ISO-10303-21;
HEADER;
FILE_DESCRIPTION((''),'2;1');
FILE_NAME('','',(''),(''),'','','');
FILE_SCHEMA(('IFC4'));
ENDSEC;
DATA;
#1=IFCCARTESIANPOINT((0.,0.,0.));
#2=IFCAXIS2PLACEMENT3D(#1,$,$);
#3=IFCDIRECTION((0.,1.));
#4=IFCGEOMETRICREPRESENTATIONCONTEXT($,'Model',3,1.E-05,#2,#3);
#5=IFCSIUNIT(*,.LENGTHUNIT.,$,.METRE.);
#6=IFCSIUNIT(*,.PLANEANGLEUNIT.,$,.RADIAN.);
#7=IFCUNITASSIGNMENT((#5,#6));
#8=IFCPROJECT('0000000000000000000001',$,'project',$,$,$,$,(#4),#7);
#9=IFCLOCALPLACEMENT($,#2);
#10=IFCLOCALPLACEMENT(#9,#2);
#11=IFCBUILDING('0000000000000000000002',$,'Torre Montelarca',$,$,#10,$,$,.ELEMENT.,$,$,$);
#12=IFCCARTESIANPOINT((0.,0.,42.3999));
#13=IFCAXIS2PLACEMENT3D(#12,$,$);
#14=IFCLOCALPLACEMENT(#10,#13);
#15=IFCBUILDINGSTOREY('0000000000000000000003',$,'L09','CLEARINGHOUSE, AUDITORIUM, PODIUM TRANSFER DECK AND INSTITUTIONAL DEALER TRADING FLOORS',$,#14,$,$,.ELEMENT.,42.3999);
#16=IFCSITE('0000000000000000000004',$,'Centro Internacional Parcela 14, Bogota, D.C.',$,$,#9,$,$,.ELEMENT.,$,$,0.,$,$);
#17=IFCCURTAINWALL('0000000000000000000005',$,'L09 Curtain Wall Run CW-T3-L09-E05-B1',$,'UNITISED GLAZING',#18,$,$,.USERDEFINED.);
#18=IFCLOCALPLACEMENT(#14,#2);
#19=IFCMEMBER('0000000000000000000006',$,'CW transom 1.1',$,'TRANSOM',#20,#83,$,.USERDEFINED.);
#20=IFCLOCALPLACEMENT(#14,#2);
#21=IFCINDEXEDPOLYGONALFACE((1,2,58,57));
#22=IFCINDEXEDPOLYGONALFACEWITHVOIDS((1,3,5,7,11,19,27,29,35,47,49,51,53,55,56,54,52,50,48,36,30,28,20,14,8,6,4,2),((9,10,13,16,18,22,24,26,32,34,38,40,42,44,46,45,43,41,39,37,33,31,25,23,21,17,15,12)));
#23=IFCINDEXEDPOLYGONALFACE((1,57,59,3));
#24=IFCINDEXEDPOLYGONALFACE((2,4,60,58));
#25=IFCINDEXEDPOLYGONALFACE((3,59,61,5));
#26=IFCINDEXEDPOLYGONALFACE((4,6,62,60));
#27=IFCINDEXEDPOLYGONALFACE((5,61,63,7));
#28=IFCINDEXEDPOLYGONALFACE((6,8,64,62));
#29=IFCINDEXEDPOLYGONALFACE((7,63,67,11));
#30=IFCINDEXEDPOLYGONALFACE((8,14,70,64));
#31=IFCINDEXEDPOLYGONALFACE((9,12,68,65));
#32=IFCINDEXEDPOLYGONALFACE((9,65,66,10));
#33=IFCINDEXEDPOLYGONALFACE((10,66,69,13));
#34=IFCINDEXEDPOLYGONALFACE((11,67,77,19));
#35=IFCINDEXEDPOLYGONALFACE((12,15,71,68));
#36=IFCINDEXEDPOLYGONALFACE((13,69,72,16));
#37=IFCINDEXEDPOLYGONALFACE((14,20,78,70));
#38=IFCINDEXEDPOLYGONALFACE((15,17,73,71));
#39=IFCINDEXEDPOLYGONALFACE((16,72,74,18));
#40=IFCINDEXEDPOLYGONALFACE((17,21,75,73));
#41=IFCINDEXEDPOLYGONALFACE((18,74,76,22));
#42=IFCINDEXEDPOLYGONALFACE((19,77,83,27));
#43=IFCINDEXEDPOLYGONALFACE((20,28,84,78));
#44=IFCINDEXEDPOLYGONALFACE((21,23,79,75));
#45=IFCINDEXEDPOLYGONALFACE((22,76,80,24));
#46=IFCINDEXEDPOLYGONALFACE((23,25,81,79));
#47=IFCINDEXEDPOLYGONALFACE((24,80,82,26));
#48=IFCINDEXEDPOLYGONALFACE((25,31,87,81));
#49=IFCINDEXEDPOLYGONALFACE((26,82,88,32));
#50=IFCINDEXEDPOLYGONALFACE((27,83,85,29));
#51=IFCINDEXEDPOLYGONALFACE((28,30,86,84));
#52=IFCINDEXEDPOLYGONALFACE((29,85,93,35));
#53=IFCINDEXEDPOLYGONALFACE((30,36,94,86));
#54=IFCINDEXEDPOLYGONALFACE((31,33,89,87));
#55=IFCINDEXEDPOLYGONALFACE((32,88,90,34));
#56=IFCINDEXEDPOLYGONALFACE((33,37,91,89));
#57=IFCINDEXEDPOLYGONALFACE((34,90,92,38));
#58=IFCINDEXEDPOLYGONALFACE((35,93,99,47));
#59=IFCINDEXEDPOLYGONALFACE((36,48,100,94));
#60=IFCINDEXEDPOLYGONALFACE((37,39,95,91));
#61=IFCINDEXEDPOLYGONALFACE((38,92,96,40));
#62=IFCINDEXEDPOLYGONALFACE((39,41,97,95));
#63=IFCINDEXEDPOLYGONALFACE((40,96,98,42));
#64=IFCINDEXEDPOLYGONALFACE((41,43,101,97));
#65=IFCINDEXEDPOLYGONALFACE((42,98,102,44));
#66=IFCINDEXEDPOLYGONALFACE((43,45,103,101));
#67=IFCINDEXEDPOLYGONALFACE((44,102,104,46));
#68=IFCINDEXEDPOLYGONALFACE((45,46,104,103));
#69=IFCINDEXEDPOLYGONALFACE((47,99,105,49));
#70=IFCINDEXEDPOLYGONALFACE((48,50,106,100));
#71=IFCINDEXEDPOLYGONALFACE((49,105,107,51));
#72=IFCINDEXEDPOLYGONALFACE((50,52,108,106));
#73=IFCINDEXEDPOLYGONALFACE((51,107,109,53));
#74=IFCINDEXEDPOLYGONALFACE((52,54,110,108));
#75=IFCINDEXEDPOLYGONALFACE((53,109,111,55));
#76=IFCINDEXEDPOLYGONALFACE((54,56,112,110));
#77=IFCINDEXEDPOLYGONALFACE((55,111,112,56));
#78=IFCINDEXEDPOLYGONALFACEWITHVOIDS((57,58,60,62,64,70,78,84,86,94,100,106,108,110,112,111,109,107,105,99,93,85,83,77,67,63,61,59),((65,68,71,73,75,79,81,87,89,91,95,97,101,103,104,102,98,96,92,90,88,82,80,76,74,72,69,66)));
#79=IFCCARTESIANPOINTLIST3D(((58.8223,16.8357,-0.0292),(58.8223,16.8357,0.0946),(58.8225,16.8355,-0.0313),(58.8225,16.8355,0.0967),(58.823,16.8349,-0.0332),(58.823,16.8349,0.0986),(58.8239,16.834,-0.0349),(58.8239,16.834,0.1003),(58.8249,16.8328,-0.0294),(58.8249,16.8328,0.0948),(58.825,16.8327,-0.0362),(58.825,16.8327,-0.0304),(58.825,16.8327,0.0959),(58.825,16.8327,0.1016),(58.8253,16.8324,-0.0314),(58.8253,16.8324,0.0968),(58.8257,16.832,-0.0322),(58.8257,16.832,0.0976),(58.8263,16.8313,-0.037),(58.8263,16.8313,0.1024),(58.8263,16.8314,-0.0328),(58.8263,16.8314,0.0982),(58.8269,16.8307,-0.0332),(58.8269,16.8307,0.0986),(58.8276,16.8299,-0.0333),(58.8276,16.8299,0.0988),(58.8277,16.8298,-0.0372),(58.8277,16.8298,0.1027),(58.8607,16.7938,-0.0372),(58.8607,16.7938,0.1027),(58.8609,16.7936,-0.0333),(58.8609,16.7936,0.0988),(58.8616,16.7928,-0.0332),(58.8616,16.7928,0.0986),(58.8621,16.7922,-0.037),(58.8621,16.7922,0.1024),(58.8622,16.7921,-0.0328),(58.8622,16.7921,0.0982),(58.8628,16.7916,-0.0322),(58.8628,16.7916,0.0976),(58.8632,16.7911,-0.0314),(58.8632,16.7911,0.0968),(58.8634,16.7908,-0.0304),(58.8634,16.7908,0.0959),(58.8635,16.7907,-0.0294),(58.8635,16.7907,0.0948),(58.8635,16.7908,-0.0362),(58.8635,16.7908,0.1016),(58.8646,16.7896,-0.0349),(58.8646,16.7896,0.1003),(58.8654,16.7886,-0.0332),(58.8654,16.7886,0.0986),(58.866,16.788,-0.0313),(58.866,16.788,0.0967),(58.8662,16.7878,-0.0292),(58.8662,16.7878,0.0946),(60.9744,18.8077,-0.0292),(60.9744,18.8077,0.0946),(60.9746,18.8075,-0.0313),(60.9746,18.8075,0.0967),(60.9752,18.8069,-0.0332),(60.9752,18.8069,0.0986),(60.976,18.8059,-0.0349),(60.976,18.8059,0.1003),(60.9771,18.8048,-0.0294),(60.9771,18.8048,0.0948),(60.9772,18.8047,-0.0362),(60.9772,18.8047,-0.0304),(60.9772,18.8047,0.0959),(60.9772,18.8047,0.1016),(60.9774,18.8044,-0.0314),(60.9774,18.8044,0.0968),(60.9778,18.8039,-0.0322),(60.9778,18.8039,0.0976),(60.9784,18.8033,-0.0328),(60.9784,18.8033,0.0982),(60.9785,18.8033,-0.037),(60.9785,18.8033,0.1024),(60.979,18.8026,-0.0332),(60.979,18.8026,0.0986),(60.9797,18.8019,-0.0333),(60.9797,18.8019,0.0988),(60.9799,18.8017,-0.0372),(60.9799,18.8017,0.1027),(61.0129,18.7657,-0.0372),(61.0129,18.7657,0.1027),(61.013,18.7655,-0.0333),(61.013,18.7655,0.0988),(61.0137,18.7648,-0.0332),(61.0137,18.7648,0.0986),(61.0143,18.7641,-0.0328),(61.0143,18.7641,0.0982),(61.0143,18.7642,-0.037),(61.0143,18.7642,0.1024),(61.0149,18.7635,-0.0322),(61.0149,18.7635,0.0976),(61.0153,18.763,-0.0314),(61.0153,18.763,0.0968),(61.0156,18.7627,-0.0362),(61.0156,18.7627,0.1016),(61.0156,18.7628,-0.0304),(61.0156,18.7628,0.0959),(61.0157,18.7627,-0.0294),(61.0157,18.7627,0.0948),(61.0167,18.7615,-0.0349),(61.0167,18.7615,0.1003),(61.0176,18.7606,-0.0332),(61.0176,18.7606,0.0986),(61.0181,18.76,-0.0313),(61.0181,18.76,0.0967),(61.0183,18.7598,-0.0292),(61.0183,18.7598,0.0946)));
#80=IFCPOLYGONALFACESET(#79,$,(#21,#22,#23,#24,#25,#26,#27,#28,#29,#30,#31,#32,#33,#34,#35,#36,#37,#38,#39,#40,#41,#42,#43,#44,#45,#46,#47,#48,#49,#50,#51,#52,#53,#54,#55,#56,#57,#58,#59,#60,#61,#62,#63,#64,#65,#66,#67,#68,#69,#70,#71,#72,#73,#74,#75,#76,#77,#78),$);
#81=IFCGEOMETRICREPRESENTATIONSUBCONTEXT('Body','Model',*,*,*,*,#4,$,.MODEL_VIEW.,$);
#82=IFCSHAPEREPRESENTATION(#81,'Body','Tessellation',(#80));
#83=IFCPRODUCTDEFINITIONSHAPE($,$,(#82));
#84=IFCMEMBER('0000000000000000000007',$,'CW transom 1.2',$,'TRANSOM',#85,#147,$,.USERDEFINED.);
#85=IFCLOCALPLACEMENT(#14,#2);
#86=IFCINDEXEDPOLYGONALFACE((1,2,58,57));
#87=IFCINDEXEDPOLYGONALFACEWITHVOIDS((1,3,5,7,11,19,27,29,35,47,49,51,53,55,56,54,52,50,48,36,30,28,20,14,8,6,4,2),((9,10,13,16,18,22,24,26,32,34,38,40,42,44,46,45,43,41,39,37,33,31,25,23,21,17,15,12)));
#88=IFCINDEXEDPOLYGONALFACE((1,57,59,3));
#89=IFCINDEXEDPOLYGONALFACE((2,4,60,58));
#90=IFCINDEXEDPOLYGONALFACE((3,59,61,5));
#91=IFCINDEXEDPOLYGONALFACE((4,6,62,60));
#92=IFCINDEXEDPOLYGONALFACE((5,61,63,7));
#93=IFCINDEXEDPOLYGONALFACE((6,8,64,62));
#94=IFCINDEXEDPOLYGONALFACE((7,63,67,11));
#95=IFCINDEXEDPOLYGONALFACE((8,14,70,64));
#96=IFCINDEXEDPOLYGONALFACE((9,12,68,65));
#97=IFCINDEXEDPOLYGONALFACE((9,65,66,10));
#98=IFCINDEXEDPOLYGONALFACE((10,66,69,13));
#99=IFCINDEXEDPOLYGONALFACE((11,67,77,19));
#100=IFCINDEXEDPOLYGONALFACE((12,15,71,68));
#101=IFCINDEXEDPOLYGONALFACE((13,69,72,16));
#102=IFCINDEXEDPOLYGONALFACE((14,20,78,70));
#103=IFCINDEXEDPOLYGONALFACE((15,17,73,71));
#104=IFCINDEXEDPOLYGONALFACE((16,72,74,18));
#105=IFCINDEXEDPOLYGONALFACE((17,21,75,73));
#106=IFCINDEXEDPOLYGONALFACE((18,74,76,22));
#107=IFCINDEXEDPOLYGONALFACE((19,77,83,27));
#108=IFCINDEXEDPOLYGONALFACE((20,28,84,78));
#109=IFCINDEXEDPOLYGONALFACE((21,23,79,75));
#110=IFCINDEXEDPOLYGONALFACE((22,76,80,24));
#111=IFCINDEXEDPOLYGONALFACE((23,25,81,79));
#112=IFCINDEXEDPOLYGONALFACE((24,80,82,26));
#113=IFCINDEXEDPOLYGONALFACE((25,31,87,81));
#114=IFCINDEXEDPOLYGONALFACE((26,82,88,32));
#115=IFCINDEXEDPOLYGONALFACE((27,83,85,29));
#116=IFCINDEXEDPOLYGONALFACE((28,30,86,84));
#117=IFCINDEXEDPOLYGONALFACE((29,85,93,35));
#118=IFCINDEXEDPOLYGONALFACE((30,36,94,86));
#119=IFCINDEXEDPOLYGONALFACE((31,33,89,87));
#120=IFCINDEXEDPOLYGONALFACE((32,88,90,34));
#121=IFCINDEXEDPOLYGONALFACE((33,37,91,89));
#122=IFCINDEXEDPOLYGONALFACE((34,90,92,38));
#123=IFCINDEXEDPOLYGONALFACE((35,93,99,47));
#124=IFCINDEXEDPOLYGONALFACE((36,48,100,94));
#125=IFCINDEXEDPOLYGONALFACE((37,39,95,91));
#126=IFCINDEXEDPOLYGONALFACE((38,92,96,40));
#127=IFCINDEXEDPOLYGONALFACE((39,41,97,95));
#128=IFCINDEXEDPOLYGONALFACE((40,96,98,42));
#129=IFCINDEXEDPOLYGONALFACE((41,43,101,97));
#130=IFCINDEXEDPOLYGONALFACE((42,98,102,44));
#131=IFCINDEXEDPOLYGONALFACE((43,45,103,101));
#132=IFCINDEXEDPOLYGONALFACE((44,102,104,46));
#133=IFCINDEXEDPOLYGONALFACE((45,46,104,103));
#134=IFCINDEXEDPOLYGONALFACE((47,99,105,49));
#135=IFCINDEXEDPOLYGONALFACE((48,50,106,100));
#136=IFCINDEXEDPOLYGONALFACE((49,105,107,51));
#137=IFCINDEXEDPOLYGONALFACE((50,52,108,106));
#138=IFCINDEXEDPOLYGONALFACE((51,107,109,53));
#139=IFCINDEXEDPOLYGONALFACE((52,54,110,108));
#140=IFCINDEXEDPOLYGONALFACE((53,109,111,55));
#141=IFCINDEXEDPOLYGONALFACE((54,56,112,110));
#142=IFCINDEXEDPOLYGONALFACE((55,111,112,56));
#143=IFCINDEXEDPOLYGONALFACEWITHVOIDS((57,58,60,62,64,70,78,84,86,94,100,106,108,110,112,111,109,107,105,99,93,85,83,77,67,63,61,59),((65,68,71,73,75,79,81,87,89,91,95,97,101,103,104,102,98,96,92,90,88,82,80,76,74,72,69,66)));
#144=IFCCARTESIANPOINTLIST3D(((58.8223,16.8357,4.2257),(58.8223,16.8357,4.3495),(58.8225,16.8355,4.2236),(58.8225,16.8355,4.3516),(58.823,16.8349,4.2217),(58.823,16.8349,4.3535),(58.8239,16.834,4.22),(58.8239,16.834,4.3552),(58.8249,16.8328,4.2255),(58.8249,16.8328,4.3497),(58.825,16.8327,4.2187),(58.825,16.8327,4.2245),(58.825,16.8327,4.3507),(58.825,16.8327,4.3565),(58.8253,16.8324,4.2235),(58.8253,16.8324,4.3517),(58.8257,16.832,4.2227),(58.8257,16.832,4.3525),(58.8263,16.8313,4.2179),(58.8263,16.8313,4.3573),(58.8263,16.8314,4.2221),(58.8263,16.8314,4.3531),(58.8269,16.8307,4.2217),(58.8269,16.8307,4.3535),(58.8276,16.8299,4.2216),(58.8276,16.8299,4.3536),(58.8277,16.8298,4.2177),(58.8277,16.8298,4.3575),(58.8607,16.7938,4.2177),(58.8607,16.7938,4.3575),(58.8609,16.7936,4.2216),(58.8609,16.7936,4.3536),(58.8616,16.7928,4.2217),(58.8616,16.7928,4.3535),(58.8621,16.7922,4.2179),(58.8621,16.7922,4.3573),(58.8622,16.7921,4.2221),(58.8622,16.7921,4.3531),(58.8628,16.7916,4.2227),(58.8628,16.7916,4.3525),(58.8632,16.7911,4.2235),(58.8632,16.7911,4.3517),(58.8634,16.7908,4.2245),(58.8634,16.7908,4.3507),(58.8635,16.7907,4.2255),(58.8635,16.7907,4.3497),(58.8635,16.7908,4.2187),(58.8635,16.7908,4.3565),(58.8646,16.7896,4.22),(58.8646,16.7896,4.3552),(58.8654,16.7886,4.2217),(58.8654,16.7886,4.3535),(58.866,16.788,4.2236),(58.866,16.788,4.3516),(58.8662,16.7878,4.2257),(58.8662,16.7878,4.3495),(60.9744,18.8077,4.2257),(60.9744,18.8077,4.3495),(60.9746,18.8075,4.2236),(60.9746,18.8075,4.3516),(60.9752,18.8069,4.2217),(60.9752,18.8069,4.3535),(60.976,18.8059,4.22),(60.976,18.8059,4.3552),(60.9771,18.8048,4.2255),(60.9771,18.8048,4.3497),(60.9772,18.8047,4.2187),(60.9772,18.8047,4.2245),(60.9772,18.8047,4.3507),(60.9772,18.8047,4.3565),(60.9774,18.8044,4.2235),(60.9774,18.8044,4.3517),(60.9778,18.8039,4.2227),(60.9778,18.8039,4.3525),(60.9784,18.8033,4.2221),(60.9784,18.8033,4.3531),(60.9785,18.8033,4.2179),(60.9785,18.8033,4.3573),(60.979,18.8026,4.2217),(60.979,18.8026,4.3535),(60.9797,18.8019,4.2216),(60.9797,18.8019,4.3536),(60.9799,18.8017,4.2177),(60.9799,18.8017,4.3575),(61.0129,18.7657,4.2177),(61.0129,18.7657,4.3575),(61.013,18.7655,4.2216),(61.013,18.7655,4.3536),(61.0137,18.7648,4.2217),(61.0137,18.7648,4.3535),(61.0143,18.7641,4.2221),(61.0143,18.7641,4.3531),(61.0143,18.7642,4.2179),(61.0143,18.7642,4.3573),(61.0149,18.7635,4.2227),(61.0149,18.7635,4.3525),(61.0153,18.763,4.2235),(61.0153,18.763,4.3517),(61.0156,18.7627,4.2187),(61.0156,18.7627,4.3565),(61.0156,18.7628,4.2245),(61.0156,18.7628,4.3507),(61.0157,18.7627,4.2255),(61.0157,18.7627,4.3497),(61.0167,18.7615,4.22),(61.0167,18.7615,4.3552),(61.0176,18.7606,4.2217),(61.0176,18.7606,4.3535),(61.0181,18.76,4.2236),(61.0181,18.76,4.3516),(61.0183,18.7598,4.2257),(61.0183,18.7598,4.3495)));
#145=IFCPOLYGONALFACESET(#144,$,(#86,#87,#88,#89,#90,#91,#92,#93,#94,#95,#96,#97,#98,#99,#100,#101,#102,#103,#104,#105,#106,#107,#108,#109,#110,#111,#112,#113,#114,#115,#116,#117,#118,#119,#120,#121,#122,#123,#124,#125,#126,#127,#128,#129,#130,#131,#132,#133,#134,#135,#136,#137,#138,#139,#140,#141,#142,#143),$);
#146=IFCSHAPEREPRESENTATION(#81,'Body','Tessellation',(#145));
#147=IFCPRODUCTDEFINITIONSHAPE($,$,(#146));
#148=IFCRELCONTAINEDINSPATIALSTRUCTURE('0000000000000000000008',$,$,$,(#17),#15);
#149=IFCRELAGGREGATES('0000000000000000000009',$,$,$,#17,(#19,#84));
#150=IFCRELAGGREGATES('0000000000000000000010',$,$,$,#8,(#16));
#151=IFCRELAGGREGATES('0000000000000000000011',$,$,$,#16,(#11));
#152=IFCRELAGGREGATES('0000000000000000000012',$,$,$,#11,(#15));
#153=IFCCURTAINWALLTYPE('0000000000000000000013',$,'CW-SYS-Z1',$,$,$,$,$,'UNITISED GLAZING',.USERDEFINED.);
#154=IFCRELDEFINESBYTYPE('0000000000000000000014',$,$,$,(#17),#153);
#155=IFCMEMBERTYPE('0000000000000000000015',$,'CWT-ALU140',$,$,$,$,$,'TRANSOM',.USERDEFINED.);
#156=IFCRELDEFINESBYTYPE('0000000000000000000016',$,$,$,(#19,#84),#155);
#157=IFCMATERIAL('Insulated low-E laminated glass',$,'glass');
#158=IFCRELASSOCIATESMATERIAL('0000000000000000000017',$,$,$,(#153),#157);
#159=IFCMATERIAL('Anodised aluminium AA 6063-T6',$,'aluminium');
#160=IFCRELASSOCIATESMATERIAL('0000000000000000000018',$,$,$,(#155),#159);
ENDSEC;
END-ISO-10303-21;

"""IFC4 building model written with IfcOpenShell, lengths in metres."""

from ifc_helpers import new_model, si_unit, direction, frame, origin, origin_2d, place, context, subcontext, project, spatial, hollow_rectangle, extrude, source, transform, mapped, material, material_profile, profile_set, type_object, element, aggregate, save


model = new_model("IFC4")

# Units and contexts
model_context = context("Model", 3, precision=1e-05, world=origin(), true_north=direction((0.0, 1.0)))
body_context = subcontext(model_context, "Body", "Model", "MODEL_VIEW")
ifc_project = project(units=[si_unit("LENGTHUNIT", "METRE"), si_unit("PLANEANGLEUNIT", "RADIAN")], contexts=[model_context])

# Site, building, storey
site_placement = place(None, origin())
site = spatial("IfcSite", under=ifc_project, at=site_placement, Name="Centro Internacional Parcela 14, Bogota, D.C.", CompositionType="ELEMENT", RefElevation=0.0)
building_placement = place(site_placement, origin())
building = spatial("IfcBuilding", under=site, at=building_placement, Name="Torre Montelarca", CompositionType="ELEMENT")
storey_placement = place(building_placement, frame((0.0, 0.0, 42.3999)))
storey = spatial("IfcBuildingStorey", under=building, at=storey_placement, Name="L09", Description="CLEARINGHOUSE, AUDITORIUM, PODIUM TRANSFER DECK AND INSTITUTIONAL DEALER TRADING FLOORS", CompositionType="ELEMENT", Elevation=42.3999)

# Curtain wall
ifc_material_1 = material(Name="Insulated low-E laminated glass", Category="glass")
curtain_wall_type = type_object("IfcCurtainWallType", Name="CW-SYS-Z1", ElementType="UNITISED GLAZING", PredefinedType="USERDEFINED", material=ifc_material_1)
ifc_material_2 = material(Name="Anodised aluminium AA 6063-T6", Category="aluminium")
curtain_wall_1_placement = place(storey_placement, origin())
curtain_wall_1 = element("IfcCurtainWall", 1, at=curtain_wall_1_placement, inside=storey, type_object=curtain_wall_type, Name="L09 Curtain Wall Run CW-T3-L09-E05-B1", ObjectType="UNITISED GLAZING", PredefinedType="USERDEFINED")

# Members
ifc_material_profile_1 = material_profile(ifc_material_2, hollow_rectangle(XDim=0.0649, YDim=0.1399, WallThickness=0.0039, InnerFilletRadius=0.0039, OuterFilletRadius=0.0081, at=origin_2d()), Name="ALU65X140X4", Category="aluminium")
ifc_profile_set_1 = profile_set([ifc_material_profile_1], Name="Anodised aluminium AA 6063-T6")
member_type_1 = type_object("IfcMemberType", Name="CWT-ALU140", ElementType="TRANSOM", PredefinedType="USERDEFINED", material=ifc_profile_set_1)
shared_shape_1 = source(origin(), body_context, "Body", "SweptSolid", [
    extrude(hollow_rectangle(XDim=0.0649, YDim=0.1399, WallThickness=0.0039, InnerFilletRadius=0.0039, OuterFilletRadius=0.0081, at=origin_2d()), origin(), (0.0, 0.0, 1.0), 2.9189),
])
member_1_placement = place(storey_placement, frame((58.8442, 16.8118, 0.0327), z_axis=(0.737296, 0.675569, 0.0), x_axis=(-0.675569, 0.737296, 0.0)))
member_1 = element("IfcMember", 2, at=member_1_placement, type_object=member_type_1, Name="CW transom 1.1", ObjectType="TRANSOM", PredefinedType="USERDEFINED", context=body_context, shape_type="MappedRepresentation", body=[
    mapped(shared_shape_1, transform((0.0, 0.0, 0.0), scale=1.0)),
])
member_2_placement = place(storey_placement, frame((58.8442, 16.8118, 4.2876), z_axis=(0.737296, 0.675569, 0.0), x_axis=(-0.675569, 0.737296, 0.0)))
member_2 = element("IfcMember", 3, at=member_2_placement, type_object=member_type_1, Name="CW transom 1.2", ObjectType="TRANSOM", PredefinedType="USERDEFINED", context=body_context, shape_type="MappedRepresentation", body=[
    mapped(shared_shape_1, transform((0.0, 0.0, 0.0), scale=1.0)),
])

aggregate(curtain_wall_1, [member_1, member_2])

save(model, "model.ifc")
